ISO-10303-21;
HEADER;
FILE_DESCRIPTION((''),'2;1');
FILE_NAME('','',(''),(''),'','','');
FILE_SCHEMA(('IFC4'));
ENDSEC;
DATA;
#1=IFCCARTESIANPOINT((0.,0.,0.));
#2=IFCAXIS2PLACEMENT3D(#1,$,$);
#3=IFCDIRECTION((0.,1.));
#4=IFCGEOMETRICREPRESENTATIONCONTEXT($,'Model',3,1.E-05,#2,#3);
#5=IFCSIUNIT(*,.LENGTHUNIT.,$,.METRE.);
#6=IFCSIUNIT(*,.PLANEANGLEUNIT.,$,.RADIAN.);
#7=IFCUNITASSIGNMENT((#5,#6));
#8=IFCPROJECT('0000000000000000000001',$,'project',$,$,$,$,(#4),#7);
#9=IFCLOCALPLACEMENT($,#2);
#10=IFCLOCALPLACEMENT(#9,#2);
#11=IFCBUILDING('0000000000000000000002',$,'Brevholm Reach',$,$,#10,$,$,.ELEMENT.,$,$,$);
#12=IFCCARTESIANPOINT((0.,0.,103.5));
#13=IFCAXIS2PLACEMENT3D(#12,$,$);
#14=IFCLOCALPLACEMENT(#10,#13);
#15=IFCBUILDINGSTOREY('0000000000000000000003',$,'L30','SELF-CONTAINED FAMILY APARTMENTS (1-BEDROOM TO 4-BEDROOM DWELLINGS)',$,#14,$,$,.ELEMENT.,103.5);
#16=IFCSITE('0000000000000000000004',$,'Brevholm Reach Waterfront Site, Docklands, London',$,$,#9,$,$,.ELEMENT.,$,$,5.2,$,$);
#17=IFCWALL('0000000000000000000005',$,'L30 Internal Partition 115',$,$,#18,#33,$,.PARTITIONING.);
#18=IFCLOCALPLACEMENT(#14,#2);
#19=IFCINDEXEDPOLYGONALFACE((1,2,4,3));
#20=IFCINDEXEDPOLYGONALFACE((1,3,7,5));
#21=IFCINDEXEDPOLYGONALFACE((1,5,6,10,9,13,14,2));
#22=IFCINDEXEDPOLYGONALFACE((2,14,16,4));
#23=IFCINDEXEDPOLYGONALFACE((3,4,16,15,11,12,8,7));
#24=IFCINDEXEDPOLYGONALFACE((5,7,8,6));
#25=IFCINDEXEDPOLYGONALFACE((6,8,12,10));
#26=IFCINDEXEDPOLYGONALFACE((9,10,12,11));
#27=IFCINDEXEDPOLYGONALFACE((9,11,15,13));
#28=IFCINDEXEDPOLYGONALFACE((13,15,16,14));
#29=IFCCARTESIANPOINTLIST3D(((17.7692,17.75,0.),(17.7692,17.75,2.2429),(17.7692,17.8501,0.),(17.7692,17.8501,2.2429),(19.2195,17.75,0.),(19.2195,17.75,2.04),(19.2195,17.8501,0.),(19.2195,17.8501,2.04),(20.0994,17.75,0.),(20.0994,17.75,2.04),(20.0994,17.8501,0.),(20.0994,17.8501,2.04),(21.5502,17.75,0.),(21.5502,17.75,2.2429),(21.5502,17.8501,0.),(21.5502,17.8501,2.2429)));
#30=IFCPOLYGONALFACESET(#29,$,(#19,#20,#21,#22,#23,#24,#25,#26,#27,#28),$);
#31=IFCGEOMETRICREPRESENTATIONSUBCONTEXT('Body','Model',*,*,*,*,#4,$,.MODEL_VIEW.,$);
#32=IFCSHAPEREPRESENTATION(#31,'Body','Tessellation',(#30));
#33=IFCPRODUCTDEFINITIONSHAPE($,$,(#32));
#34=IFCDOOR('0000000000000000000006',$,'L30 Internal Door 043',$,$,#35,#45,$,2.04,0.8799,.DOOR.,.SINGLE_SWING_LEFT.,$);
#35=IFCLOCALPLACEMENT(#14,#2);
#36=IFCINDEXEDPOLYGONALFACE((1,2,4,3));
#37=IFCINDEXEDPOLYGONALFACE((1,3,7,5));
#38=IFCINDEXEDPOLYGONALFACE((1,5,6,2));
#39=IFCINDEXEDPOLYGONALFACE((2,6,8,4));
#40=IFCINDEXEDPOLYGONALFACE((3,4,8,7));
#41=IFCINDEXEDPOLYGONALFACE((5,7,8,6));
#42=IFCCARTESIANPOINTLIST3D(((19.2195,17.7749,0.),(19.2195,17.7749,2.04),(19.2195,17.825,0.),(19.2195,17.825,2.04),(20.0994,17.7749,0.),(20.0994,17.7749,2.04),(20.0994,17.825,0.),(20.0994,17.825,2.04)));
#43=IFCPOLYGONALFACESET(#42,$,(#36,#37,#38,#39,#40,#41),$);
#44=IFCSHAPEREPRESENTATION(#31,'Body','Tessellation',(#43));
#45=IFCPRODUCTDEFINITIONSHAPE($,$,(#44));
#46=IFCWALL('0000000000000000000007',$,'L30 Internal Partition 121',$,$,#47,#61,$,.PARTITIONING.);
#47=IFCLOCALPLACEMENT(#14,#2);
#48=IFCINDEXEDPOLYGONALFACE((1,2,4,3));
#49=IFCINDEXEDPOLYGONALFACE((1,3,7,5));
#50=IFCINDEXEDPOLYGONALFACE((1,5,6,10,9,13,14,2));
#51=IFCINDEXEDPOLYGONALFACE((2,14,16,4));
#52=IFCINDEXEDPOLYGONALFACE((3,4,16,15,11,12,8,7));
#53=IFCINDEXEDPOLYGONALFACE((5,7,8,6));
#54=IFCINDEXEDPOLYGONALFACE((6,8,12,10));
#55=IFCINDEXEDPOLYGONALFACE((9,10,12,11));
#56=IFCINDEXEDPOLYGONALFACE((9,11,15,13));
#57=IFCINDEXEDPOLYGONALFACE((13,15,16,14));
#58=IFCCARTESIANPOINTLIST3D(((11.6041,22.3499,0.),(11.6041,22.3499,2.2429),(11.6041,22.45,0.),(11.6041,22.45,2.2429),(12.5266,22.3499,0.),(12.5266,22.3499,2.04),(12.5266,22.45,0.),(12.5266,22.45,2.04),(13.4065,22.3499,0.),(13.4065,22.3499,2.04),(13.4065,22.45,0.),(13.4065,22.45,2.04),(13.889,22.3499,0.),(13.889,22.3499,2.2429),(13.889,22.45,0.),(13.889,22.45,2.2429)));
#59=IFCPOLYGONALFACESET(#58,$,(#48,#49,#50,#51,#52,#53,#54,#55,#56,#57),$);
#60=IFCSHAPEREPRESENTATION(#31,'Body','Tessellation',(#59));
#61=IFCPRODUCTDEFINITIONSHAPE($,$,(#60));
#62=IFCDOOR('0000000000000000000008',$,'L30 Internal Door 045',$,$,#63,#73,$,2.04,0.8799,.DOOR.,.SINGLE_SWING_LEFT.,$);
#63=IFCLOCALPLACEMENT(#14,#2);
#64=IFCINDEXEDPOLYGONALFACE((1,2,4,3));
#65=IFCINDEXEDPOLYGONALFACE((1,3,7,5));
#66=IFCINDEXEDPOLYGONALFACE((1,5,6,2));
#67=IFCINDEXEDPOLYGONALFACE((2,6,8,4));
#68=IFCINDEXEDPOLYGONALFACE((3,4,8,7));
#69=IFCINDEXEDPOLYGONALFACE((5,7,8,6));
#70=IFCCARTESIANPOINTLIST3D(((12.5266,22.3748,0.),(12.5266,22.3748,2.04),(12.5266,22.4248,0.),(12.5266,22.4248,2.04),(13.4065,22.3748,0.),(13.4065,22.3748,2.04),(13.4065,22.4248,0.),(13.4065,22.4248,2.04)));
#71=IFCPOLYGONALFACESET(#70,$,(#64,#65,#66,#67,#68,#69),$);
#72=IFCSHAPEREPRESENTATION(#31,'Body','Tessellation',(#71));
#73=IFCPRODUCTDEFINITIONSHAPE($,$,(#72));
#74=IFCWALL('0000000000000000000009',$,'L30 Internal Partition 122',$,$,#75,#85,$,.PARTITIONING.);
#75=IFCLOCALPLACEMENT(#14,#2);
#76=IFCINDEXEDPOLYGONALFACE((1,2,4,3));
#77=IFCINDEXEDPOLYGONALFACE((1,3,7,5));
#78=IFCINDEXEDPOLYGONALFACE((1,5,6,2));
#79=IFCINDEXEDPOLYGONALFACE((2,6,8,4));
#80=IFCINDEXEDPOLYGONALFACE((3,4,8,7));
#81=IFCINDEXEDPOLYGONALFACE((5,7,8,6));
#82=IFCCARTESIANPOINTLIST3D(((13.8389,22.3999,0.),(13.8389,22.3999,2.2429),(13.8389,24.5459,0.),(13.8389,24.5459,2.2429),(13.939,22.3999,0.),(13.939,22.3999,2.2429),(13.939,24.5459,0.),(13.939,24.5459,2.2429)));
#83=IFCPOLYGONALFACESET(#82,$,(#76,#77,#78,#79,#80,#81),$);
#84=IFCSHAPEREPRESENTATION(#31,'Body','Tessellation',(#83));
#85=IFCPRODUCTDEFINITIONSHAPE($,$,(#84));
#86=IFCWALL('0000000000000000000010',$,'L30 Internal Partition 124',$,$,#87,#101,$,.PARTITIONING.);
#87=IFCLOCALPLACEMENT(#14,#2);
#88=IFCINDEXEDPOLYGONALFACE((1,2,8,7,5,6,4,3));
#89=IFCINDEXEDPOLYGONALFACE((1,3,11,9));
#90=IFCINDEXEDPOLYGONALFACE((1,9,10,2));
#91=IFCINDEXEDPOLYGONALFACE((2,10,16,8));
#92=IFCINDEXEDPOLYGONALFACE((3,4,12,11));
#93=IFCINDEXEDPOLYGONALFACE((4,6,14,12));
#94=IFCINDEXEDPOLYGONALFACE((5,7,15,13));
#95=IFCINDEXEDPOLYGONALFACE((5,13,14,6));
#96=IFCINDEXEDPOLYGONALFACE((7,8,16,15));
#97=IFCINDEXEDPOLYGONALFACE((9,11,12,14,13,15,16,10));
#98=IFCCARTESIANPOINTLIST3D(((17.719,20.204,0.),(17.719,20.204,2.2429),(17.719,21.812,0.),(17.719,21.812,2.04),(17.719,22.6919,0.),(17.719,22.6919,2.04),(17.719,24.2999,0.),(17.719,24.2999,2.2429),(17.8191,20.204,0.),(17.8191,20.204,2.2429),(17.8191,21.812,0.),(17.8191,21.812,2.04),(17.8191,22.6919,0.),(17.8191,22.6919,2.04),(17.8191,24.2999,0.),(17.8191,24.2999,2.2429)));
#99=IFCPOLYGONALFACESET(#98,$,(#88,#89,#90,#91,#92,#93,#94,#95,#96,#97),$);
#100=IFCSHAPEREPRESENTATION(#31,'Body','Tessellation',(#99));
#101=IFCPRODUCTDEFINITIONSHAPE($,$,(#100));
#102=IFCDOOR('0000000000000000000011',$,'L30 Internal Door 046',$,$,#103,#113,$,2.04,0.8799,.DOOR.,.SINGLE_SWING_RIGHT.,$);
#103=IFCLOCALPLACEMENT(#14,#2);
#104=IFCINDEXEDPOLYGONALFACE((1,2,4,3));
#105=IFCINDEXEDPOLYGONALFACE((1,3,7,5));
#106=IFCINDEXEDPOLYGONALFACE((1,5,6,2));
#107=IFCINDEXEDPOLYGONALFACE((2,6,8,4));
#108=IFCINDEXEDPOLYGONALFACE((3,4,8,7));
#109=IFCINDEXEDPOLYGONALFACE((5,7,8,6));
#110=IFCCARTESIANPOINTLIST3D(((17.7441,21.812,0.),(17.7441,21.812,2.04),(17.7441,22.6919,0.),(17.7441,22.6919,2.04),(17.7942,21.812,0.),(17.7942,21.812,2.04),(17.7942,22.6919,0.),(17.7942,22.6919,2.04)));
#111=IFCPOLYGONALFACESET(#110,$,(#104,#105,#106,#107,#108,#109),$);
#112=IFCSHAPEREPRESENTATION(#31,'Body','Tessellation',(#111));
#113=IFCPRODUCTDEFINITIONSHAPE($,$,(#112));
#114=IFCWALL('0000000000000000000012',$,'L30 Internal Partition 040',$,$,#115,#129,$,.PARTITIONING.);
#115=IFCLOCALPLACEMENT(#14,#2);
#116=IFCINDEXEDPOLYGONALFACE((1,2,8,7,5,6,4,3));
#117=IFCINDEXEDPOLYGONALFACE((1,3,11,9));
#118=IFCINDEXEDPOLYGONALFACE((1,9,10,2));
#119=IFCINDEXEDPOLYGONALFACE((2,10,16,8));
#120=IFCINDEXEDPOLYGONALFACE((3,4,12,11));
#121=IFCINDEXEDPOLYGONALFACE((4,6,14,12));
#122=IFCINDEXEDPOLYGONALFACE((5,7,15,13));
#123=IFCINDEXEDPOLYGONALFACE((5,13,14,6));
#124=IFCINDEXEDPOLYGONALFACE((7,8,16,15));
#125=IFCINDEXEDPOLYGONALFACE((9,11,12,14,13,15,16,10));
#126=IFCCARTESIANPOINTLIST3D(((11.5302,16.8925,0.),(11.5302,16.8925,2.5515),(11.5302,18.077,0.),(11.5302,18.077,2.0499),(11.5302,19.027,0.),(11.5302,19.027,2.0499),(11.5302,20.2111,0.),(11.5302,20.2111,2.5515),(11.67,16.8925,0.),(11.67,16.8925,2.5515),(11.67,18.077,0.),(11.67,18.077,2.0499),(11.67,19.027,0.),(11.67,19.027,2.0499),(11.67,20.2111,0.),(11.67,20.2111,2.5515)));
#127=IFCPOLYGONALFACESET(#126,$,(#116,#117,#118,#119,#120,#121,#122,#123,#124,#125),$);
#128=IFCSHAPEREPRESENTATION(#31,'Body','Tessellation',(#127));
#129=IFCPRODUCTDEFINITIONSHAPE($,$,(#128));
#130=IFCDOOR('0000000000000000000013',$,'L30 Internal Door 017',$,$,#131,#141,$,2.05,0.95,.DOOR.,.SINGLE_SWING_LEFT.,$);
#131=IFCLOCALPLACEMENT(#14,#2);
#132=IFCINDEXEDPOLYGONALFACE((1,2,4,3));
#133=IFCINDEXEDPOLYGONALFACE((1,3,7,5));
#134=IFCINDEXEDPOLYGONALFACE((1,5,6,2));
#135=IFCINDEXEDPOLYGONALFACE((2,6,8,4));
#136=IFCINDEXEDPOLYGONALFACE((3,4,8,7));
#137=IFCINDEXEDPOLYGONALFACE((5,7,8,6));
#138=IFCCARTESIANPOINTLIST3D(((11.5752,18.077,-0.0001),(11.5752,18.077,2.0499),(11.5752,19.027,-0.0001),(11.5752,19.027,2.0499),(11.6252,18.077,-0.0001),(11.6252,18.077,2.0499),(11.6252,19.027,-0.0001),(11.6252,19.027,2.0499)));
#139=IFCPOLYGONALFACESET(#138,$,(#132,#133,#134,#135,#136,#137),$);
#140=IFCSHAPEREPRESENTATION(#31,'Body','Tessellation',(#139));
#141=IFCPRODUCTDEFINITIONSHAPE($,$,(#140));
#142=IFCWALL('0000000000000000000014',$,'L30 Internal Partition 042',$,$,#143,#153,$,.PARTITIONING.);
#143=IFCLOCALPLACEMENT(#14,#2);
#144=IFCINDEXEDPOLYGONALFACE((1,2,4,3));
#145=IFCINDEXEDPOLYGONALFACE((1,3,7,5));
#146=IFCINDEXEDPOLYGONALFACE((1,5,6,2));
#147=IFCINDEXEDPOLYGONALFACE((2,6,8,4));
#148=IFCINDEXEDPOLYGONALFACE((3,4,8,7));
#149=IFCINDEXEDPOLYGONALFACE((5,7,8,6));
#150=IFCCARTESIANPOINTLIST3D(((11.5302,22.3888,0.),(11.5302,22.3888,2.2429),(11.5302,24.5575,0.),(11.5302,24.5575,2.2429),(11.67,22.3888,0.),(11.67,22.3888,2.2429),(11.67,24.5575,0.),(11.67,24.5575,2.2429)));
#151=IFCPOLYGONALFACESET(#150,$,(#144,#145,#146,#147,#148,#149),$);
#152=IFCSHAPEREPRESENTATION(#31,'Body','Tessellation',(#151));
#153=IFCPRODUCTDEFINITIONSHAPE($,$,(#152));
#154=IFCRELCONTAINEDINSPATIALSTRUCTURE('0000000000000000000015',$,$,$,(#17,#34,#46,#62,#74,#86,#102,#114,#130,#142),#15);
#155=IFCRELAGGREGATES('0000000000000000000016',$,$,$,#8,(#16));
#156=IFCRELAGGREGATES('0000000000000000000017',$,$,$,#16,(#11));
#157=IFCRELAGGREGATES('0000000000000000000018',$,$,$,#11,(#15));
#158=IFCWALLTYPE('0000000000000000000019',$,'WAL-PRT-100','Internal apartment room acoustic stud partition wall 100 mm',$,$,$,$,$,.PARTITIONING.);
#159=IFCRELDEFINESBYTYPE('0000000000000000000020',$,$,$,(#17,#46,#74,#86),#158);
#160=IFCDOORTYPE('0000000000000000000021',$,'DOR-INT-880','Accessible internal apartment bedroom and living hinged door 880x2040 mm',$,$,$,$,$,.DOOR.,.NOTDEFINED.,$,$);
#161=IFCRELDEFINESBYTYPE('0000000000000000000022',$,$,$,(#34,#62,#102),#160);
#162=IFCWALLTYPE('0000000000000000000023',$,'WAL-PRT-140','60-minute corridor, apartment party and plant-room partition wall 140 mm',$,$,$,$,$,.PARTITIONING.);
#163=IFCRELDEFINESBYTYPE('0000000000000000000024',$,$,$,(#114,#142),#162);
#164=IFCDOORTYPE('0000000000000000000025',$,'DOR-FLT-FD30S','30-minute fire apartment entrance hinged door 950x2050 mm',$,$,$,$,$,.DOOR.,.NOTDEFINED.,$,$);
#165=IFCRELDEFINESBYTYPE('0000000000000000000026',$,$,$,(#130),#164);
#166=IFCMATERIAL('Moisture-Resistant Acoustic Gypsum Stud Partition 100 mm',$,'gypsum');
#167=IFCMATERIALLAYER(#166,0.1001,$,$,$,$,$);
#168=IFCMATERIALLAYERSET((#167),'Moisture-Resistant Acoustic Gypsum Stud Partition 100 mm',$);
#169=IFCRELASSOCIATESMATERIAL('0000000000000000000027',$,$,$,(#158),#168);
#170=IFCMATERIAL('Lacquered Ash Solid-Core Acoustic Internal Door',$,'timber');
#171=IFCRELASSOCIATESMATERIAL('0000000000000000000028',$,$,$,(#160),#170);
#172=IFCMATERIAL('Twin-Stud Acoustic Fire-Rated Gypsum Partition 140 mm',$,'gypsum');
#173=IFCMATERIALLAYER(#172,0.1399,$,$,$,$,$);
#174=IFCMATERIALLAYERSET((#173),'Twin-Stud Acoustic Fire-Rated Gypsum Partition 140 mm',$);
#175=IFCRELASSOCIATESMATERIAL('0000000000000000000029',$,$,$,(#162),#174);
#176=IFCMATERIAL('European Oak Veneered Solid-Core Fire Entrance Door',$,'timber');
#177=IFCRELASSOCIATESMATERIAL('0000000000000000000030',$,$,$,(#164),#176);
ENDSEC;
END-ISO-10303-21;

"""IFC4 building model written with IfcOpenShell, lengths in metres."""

from ifc_helpers import new_model, si_unit, direction, frame, frame_2d, origin, place, context, subcontext, project, spatial, rectangle, extrude, material, layer, layer_set, type_object, element, fill, save


model = new_model("IFC4")

# Units and contexts
model_context = context("Model", 3, precision=1e-05, world=origin(), true_north=direction((0.0, 1.0)))
body_context = subcontext(model_context, "Body", "Model", "MODEL_VIEW")
ifc_project = project(units=[si_unit("LENGTHUNIT", "METRE"), si_unit("PLANEANGLEUNIT", "RADIAN")], contexts=[model_context])

# Site, building, storey
site_placement = place(None, origin())
site = spatial("IfcSite", under=ifc_project, at=site_placement, Name="Brevholm Reach Waterfront Site, Docklands, London", CompositionType="ELEMENT", RefElevation=5.2)
building_placement = place(site_placement, origin())
building = spatial("IfcBuilding", under=site, at=building_placement, Name="Brevholm Reach", CompositionType="ELEMENT")
storey_placement = place(building_placement, frame((0.0, 0.0, 103.5)))
storey = spatial("IfcBuildingStorey", under=building, at=storey_placement, Name="L30", Description="SELF-CONTAINED FAMILY APARTMENTS (1-BEDROOM TO 4-BEDROOM DWELLINGS)", CompositionType="ELEMENT", Elevation=103.5)

# Walls, openings, doors
ifc_material_1 = material(Name="Moisture-Resistant Acoustic Gypsum Stud Partition 100 mm", Category="gypsum")
ifc_layer_1 = layer(ifc_material_1, 0.1001)
ifc_layer_set_1 = layer_set([ifc_layer_1], Name="Moisture-Resistant Acoustic Gypsum Stud Partition 100 mm")
wall_type_1 = type_object("IfcWallType", Name="WAL-PRT-100", Description="Internal apartment room acoustic stud partition wall 100 mm", PredefinedType="PARTITIONING", material=ifc_layer_set_1)
ifc_material_2 = material(Name="Lacquered Ash Solid-Core Acoustic Internal Door", Category="timber")
door_type_1 = type_object("IfcDoorType", Name="DOR-INT-880", Description="Accessible internal apartment bedroom and living hinged door 880x2040 mm", OperationType="NOTDEFINED", PredefinedType="DOOR", material=ifc_material_2)
wall_1_placement = place(storey_placement, frame((17.769, 17.8, 0.0), z_axis=(0.0, 0.0, 1.0), x_axis=(1.0, 0.0, 0.0)))
wall_1 = element("IfcWall", 1, at=wall_1_placement, inside=storey, type_object=wall_type_1, Name="L30 Internal Partition 115", PredefinedType="PARTITIONING", context=body_context, shape_type="SweptSolid", body=[
    extrude(rectangle(XDim=3.781, YDim=0.1001, at=frame_2d((1.8906, 0.0))), origin(), (0.0, 0.0, 1.0), 2.2429),
])
opening_1_placement = place(wall_1_placement, frame((1.4504, 0.0, 0.0)))
opening_1 = element("IfcOpeningElement", 2, at=opening_1_placement, cuts=wall_1, PredefinedType="OPENING", context=body_context, shape_type="SweptSolid", body=[
    extrude(rectangle(XDim=0.8799, YDim=2.04, at=frame_2d((0.4399, 1.02))), frame((0.0, 0.0601, 0.0), z_axis=(0.0, -1.0, 0.0), x_axis=(1.0, 0.0, 0.0)), (0.0, 0.0, 1.0), 0.1201),
])
door_1_placement = place(opening_1_placement, origin())
door_1 = element("IfcDoor", 3, at=door_1_placement, inside=storey, type_object=door_type_1, Name="L30 Internal Door 043", OperationType="SINGLE_SWING_LEFT", OverallHeight=2.04, OverallWidth=0.8799, PredefinedType="DOOR", context=body_context, shape_type="SweptSolid", body=[
    extrude(rectangle(XDim=0.8799, YDim=2.04, at=frame_2d((0.4399, 1.02))), frame((0.0, 0.0249, 0.0), z_axis=(0.0, -1.0, 0.0), x_axis=(1.0, 0.0, 0.0)), (0.0, 0.0, 1.0), 0.05),
])
fill(opening_1, door_1)
wall_2_placement = place(storey_placement, frame((11.604, 22.3999, 0.0), z_axis=(0.0, 0.0, 1.0), x_axis=(1.0, 0.0, 0.0)))
wall_2 = element("IfcWall", 4, at=wall_2_placement, inside=storey, type_object=wall_type_1, Name="L30 Internal Partition 121", PredefinedType="PARTITIONING", context=body_context, shape_type="SweptSolid", body=[
    extrude(rectangle(XDim=2.2849, YDim=0.1001, at=frame_2d((1.1426, 0.0))), origin(), (0.0, 0.0, 1.0), 2.2429),
])
opening_2_placement = place(wall_2_placement, frame((0.9226, 0.0, 0.0)))
opening_2 = element("IfcOpeningElement", 5, at=opening_2_placement, cuts=wall_2, PredefinedType="OPENING", context=body_context, shape_type="SweptSolid", body=[
    extrude(rectangle(XDim=0.8799, YDim=2.04, at=frame_2d((0.4399, 1.02))), frame((0.0, 0.0601, 0.0), z_axis=(0.0, -1.0, 0.0), x_axis=(1.0, 0.0, 0.0)), (0.0, 0.0, 1.0), 0.1201),
])
door_2_placement = place(opening_2_placement, origin())
door_2 = element("IfcDoor", 6, at=door_2_placement, inside=storey, type_object=door_type_1, Name="L30 Internal Door 045", OperationType="SINGLE_SWING_LEFT", OverallHeight=2.04, OverallWidth=0.8799, PredefinedType="DOOR", context=body_context, shape_type="SweptSolid", body=[
    extrude(rectangle(XDim=0.8799, YDim=2.04, at=frame_2d((0.4399, 1.02))), frame((0.0, 0.0249, 0.0), z_axis=(0.0, -1.0, 0.0), x_axis=(1.0, 0.0, 0.0)), (0.0, 0.0, 1.0), 0.05),
])
fill(opening_2, door_2)

# Wall
wall_3_placement = place(storey_placement, frame((13.8889, 22.3999, 0.0), z_axis=(0.0, 0.0, 1.0), x_axis=(0.0, 1.0, 0.0)))
element("IfcWall", 7, at=wall_3_placement, inside=storey, type_object=wall_type_1, Name="L30 Internal Partition 122", PredefinedType="PARTITIONING", context=body_context, shape_type="SweptSolid", body=[
    extrude(rectangle(XDim=2.146, YDim=0.1001, at=frame_2d((1.073, 0.0))), origin(), (0.0, 0.0, 1.0), 2.2429),
])

# Walls, openings, doors
wall_4_placement = place(storey_placement, frame((17.769, 20.2041, 0.0), z_axis=(0.0, 0.0, 1.0), x_axis=(0.0, 1.0, 0.0)))
wall_4 = element("IfcWall", 8, at=wall_4_placement, inside=storey, type_object=wall_type_1, Name="L30 Internal Partition 124", PredefinedType="PARTITIONING", context=body_context, shape_type="SweptSolid", body=[
    extrude(rectangle(XDim=4.0959, YDim=0.1001, at=frame_2d((2.0479, 0.0))), origin(), (0.0, 0.0, 1.0), 2.2429),
])
opening_3_placement = place(wall_4_placement, frame((1.6079, 0.0, 0.0)))
opening_3 = element("IfcOpeningElement", 9, at=opening_3_placement, cuts=wall_4, PredefinedType="OPENING", context=body_context, shape_type="SweptSolid", body=[
    extrude(rectangle(XDim=0.8799, YDim=2.04, at=frame_2d((0.4399, 1.02))), frame((0.0, 0.0601, 0.0), z_axis=(0.0, -1.0, 0.0), x_axis=(1.0, 0.0, 0.0)), (0.0, 0.0, 1.0), 0.1201),
])
door_3_placement = place(opening_3_placement, origin())
door_3 = element("IfcDoor", 10, at=door_3_placement, inside=storey, type_object=door_type_1, Name="L30 Internal Door 046", OperationType="SINGLE_SWING_RIGHT", OverallHeight=2.04, OverallWidth=0.8799, PredefinedType="DOOR", context=body_context, shape_type="SweptSolid", body=[
    extrude(rectangle(XDim=0.8799, YDim=2.04, at=frame_2d((0.4399, 1.02))), frame((0.0, 0.0249, 0.0), z_axis=(0.0, -1.0, 0.0), x_axis=(1.0, 0.0, 0.0)), (0.0, 0.0, 1.0), 0.05),
])
fill(opening_3, door_3)
ifc_material_3 = material(Name="Twin-Stud Acoustic Fire-Rated Gypsum Partition 140 mm", Category="gypsum")
ifc_layer_2 = layer(ifc_material_3, 0.1399)
ifc_layer_set_2 = layer_set([ifc_layer_2], Name="Twin-Stud Acoustic Fire-Rated Gypsum Partition 140 mm")
wall_type_2 = type_object("IfcWallType", Name="WAL-PRT-140", Description="60-minute corridor, apartment party and plant-room partition wall 140 mm", PredefinedType="PARTITIONING", material=ifc_layer_set_2)
wall_5_placement = place(storey_placement, frame((11.6001, 16.8926, 0.0), z_axis=(0.0, 0.0, 1.0), x_axis=(0.0, 1.0, 0.0)))
wall_5 = element("IfcWall", 11, at=wall_5_placement, inside=storey, type_object=wall_type_2, Name="L30 Internal Partition 040", PredefinedType="PARTITIONING", context=body_context, shape_type="SweptSolid", body=[
    extrude(rectangle(XDim=3.3186, YDim=0.1399, at=frame_2d((1.6592, 0.0))), origin(), (0.0, 0.0, 1.0), 2.5515),
])
opening_4_placement = place(wall_5_placement, frame((1.1843, 0.0, 0.0)))
opening_4 = element("IfcOpeningElement", 12, at=opening_4_placement, cuts=wall_5, PredefinedType="OPENING", context=body_context, shape_type="SweptSolid", body=[
    extrude(rectangle(XDim=0.95, YDim=2.05, at=frame_2d((0.4751, 1.0249))), frame((0.0, 0.0798, 0.0), z_axis=(0.0, -1.0, 0.0), x_axis=(1.0, 0.0, 0.0)), (0.0, 0.0, 1.0), 0.1599),
])
ifc_material_4 = material(Name="European Oak Veneered Solid-Core Fire Entrance Door", Category="timber")
door_type_2 = type_object("IfcDoorType", Name="DOR-FLT-FD30S", Description="30-minute fire apartment entrance hinged door 950x2050 mm", OperationType="NOTDEFINED", PredefinedType="DOOR", material=ifc_material_4)
door_4_placement = place(opening_4_placement, origin())
door_4 = element("IfcDoor", 13, at=door_4_placement, inside=storey, type_object=door_type_2, Name="L30 Internal Door 017", OperationType="SINGLE_SWING_LEFT", OverallHeight=2.05, OverallWidth=0.95, PredefinedType="DOOR", context=body_context, shape_type="SweptSolid", body=[
    extrude(rectangle(XDim=0.95, YDim=2.05, at=frame_2d((0.4751, 1.0249))), frame((0.0, 0.0249, 0.0), z_axis=(0.0, -1.0, 0.0), x_axis=(1.0, 0.0, 0.0)), (0.0, 0.0, 1.0), 0.05),
])
fill(opening_4, door_4)

# Wall
wall_6_placement = place(storey_placement, frame((11.6001, 22.3887, 0.0), z_axis=(0.0, 0.0, 1.0), x_axis=(0.0, 1.0, 0.0)))
element("IfcWall", 14, at=wall_6_placement, inside=storey, type_object=wall_type_2, Name="L30 Internal Partition 042", PredefinedType="PARTITIONING", context=body_context, shape_type="SweptSolid", body=[
    extrude(rectangle(XDim=2.1687, YDim=0.1399, at=frame_2d((1.0845, 0.0))), origin(), (0.0, 0.0, 1.0), 2.2429),
])

save(model, "model.ifc")
